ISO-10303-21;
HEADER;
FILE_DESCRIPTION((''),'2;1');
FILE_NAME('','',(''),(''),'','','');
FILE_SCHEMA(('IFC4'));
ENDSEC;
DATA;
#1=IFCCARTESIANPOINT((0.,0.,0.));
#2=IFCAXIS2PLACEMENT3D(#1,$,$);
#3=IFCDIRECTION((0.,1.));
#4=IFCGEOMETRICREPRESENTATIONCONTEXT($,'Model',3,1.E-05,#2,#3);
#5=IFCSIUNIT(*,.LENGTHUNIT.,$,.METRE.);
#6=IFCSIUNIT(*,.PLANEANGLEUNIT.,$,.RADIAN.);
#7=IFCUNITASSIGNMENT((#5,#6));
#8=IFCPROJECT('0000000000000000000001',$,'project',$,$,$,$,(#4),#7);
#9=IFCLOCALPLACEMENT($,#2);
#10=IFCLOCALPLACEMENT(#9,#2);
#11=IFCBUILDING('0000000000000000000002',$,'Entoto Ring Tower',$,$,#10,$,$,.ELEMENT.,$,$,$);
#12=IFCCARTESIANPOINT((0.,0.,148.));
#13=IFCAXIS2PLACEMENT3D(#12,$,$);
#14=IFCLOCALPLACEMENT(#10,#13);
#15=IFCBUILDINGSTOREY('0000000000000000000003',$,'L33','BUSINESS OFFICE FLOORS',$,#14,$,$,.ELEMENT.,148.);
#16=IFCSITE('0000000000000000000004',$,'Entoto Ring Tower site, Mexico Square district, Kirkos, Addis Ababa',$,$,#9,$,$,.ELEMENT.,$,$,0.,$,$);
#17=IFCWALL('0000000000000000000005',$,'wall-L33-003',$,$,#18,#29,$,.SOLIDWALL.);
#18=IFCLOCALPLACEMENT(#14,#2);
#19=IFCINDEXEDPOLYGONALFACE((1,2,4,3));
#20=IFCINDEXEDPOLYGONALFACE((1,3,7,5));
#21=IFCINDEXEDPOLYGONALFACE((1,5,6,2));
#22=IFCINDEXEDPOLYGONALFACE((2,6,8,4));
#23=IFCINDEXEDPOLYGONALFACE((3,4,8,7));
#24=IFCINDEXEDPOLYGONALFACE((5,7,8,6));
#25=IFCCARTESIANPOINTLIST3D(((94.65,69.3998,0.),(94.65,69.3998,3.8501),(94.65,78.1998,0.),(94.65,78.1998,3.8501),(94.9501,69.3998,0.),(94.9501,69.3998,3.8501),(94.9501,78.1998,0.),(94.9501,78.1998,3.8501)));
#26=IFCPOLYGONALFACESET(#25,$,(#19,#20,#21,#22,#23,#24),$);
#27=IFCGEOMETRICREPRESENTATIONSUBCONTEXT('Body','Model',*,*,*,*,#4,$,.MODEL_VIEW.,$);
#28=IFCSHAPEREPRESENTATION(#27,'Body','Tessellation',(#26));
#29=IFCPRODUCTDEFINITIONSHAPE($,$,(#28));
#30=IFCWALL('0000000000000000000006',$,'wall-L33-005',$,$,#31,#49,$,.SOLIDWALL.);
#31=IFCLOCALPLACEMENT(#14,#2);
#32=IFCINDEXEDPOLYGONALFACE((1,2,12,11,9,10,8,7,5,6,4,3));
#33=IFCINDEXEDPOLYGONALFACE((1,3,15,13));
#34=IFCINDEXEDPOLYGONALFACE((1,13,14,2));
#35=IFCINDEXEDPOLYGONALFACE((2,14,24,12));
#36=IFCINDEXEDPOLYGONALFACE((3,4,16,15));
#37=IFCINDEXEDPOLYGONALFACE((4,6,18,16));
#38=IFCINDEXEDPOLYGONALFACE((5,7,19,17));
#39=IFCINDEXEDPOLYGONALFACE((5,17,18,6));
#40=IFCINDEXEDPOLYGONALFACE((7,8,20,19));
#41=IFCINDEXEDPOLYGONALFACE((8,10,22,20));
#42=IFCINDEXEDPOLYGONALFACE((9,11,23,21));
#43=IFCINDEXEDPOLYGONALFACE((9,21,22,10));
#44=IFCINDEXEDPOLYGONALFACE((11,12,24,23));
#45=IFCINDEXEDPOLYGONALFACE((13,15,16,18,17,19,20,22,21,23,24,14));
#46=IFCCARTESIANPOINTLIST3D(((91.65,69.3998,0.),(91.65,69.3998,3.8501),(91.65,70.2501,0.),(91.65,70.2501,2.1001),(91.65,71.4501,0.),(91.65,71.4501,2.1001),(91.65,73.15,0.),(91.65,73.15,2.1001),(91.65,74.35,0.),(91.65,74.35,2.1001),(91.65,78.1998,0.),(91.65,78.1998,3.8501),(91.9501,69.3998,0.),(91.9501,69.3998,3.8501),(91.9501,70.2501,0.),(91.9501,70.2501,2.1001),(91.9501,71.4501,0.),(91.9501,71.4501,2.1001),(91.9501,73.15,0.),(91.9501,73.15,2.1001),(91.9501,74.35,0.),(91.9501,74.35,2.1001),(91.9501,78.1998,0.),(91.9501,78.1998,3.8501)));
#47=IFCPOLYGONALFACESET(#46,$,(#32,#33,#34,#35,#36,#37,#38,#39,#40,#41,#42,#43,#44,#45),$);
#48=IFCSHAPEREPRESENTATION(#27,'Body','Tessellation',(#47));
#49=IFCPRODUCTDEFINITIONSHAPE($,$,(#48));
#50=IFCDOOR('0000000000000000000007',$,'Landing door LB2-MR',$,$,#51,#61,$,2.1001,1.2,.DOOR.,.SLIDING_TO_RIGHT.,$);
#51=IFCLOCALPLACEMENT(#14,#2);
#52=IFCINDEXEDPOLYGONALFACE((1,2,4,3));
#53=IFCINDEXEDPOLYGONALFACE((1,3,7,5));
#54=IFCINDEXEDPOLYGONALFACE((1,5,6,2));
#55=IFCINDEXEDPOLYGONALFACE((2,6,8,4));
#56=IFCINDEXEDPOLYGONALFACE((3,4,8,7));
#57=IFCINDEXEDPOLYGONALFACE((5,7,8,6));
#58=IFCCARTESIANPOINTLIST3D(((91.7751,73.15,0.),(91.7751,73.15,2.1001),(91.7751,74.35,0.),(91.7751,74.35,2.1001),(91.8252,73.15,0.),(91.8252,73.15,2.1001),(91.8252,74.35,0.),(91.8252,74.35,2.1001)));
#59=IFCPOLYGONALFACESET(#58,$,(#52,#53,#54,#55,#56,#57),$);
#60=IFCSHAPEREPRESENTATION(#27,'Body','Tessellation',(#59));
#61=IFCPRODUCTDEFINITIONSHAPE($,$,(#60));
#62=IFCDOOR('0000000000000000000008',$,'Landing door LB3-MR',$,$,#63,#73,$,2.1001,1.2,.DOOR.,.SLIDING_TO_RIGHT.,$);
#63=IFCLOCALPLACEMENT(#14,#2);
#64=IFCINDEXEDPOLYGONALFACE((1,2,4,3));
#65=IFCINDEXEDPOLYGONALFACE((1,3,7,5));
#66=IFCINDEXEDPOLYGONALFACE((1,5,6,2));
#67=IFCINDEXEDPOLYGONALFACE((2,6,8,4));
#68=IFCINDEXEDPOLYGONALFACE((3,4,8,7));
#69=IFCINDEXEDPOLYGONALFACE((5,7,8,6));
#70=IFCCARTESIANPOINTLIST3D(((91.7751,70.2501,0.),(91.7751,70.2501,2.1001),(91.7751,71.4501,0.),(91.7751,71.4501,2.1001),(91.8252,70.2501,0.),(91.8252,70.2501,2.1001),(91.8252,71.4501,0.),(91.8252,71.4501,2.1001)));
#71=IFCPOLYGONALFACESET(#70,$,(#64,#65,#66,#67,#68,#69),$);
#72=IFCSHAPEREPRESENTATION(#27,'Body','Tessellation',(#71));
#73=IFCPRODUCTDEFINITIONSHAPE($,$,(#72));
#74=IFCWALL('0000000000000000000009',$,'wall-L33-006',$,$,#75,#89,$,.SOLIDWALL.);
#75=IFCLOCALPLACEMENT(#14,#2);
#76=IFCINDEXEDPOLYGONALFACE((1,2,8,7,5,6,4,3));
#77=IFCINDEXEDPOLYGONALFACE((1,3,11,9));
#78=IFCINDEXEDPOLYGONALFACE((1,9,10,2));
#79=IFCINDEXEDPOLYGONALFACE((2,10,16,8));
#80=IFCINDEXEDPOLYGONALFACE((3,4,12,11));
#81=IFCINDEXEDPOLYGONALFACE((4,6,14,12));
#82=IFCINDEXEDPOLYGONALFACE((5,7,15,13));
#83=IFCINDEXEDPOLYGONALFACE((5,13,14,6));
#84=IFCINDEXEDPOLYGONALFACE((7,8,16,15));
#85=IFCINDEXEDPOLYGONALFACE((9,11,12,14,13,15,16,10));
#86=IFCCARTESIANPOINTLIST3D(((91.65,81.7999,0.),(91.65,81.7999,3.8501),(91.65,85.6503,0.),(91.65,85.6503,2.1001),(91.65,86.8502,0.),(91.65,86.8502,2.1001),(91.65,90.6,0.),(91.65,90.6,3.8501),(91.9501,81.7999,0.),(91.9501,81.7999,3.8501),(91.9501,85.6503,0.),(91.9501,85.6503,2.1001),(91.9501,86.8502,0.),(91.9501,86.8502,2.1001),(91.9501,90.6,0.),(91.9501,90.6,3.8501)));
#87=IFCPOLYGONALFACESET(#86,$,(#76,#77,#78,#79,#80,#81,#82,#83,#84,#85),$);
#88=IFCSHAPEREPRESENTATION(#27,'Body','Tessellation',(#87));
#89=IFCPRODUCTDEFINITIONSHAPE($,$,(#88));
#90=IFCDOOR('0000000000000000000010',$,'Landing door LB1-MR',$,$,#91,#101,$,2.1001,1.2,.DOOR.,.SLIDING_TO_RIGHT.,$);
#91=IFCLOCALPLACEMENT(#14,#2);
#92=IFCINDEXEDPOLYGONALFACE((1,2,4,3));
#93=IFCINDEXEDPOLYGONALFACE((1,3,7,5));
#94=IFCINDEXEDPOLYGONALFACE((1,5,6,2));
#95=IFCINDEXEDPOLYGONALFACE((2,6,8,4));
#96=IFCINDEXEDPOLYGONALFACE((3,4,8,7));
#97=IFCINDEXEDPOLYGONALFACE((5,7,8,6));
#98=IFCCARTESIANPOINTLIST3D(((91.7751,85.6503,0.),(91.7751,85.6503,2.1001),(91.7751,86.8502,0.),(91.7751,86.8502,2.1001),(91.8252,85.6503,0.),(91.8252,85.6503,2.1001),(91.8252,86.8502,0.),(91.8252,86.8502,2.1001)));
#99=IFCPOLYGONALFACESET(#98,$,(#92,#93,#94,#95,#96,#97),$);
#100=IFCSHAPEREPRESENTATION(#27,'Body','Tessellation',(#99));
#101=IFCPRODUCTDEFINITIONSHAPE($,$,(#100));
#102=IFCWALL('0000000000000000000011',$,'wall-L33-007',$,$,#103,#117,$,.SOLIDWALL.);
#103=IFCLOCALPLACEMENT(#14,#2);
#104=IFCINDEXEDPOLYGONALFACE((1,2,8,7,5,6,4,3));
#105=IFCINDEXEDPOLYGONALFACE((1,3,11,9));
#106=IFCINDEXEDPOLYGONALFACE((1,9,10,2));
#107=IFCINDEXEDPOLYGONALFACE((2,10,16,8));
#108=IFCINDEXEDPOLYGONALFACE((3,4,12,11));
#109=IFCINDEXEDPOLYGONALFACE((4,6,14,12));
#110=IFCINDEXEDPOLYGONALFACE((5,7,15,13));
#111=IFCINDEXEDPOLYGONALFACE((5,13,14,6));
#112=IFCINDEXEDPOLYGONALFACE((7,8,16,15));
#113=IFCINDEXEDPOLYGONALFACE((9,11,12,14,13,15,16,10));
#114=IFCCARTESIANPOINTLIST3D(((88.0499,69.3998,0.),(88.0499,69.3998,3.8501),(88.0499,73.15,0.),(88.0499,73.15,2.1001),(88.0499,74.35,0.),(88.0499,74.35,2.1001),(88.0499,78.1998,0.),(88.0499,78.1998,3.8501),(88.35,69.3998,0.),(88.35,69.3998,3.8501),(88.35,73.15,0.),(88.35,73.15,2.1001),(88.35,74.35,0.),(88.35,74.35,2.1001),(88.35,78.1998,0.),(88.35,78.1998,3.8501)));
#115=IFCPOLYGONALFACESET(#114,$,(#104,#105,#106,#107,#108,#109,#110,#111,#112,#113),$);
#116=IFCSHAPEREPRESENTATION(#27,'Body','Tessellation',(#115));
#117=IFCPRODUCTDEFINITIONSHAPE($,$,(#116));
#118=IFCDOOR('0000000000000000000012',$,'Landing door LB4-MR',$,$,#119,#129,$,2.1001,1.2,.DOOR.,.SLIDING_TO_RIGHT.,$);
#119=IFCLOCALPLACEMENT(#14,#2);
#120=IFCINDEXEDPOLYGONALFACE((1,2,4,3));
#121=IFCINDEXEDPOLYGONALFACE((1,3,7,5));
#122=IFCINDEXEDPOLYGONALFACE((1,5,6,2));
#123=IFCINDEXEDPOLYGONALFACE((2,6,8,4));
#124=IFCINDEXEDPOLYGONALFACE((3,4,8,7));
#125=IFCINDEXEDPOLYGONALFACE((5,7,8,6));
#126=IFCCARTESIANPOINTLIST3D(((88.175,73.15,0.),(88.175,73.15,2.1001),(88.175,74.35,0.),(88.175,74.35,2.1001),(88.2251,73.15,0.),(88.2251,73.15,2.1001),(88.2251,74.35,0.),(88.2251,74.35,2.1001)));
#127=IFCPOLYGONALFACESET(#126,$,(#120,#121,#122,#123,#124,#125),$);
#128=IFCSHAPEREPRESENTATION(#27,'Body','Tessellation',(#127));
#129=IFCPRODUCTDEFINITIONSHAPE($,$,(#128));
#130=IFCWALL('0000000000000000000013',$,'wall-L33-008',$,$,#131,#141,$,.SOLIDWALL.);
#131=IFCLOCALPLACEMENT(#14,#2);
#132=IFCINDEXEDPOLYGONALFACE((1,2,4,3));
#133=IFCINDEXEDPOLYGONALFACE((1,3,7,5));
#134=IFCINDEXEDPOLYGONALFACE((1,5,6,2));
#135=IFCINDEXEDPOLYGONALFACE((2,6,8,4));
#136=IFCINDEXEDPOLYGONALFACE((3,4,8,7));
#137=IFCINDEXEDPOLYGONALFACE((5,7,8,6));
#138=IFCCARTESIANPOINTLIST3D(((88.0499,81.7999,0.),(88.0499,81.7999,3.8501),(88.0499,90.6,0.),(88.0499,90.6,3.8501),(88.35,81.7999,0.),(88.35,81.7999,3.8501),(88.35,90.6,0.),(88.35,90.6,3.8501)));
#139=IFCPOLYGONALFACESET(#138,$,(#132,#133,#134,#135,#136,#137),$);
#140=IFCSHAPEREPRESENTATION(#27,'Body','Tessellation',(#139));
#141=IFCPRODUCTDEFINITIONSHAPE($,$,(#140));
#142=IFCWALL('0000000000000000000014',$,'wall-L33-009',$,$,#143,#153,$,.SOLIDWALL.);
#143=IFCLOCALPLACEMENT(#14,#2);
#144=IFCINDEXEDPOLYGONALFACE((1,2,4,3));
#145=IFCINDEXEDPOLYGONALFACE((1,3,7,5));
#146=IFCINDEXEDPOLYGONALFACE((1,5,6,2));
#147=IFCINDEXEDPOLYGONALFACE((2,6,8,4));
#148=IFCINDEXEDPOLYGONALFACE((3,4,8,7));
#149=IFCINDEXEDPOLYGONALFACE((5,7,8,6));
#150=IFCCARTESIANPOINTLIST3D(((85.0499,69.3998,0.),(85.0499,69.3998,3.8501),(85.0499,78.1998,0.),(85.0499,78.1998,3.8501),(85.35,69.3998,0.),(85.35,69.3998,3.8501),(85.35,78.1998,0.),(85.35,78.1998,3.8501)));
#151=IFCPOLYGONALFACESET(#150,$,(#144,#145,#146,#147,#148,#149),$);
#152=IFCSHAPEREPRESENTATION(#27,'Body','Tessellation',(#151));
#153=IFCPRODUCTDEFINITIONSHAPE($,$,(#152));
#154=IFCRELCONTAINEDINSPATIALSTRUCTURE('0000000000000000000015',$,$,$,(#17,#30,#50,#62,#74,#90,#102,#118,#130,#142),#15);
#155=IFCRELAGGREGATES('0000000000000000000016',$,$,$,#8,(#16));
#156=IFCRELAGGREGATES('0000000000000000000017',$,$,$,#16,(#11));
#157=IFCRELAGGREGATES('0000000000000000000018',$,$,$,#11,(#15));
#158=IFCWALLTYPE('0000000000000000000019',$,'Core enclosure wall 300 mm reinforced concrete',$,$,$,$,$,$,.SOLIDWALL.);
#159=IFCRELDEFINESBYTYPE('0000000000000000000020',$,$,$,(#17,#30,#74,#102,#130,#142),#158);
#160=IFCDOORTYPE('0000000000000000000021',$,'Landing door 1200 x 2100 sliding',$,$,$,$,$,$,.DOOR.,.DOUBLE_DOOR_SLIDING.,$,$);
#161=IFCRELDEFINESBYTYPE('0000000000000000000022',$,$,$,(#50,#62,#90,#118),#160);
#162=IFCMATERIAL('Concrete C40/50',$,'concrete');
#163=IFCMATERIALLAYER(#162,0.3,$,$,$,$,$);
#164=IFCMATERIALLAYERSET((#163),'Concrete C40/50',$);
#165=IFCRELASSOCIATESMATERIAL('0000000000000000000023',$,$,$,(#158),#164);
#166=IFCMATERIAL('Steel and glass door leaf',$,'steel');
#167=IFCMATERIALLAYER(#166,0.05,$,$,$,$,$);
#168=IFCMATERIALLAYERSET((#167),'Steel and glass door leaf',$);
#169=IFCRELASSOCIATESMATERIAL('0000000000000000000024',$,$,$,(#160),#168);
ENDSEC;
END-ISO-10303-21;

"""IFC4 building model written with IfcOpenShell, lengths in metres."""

from ifc_helpers import new_model, si_unit, direction, frame, frame_2d, origin, place, context, subcontext, project, spatial, rectangle, extrude, material, layer, layer_set, type_object, element, fill, save


model = new_model("IFC4")

# Units and contexts
model_context = context("Model", 3, precision=1e-05, world=origin(), true_north=direction((0.0, 1.0)))
body_context = subcontext(model_context, "Body", "Model", "MODEL_VIEW")
ifc_project = project(units=[si_unit("LENGTHUNIT", "METRE"), si_unit("PLANEANGLEUNIT", "RADIAN")], contexts=[model_context])

# Site, building, storey
site_placement = place(None, origin())
site = spatial("IfcSite", under=ifc_project, at=site_placement, Name="Entoto Ring Tower site, Mexico Square district, Kirkos, Addis Ababa", CompositionType="ELEMENT", RefElevation=0.0)
building_placement = place(site_placement, origin())
building = spatial("IfcBuilding", under=site, at=building_placement, Name="Entoto Ring Tower", CompositionType="ELEMENT")
storey_placement = place(building_placement, frame((0.0, 0.0, 148.0)))
storey = spatial("IfcBuildingStorey", under=building, at=storey_placement, Name="L33", Description="BUSINESS OFFICE FLOORS", CompositionType="ELEMENT", Elevation=148.0)

# Wall
ifc_material_1 = material(Name="Concrete C40/50", Category="concrete")
ifc_layer_1 = layer(ifc_material_1, 0.3)
ifc_layer_set_1 = layer_set([ifc_layer_1], Name="Concrete C40/50")
wall_type = type_object("IfcWallType", Name="Core enclosure wall 300 mm reinforced concrete", PredefinedType="SOLIDWALL", material=ifc_layer_set_1)
wall_1_placement = place(storey_placement, frame((94.8, 69.3999, 0.0), z_axis=(0.0, 0.0, 1.0), x_axis=(0.0, 1.0, 0.0)))
element("IfcWall", 1, at=wall_1_placement, inside=storey, type_object=wall_type, Name="wall-L33-003", PredefinedType="SOLIDWALL", context=body_context, shape_type="SweptSolid", body=[
    extrude(rectangle(XDim=8.8, YDim=0.3, at=frame_2d((4.3999, 0.0))), origin(), (0.0, 0.0, 1.0), 3.8501),
])

# Wall, openings, doors
wall_2_placement = place(storey_placement, frame((91.8, 69.3999, 0.0), z_axis=(0.0, 0.0, 1.0), x_axis=(0.0, 1.0, 0.0)))
wall_2 = element("IfcWall", 2, at=wall_2_placement, inside=storey, type_object=wall_type, Name="wall-L33-005", PredefinedType="SOLIDWALL", context=body_context, shape_type="SweptSolid", body=[
    extrude(rectangle(XDim=8.8, YDim=0.3, at=frame_2d((4.3999, 0.0))), origin(), (0.0, 0.0, 1.0), 3.8501),
])
opening_1_placement = place(wall_2_placement, frame((3.75, 0.0, 0.0)))
opening_1 = element("IfcOpeningElement", 3, at=opening_1_placement, cuts=wall_2, PredefinedType="OPENING", context=body_context, shape_type="SweptSolid", body=[
    extrude(rectangle(XDim=1.2, YDim=2.1001, at=frame_2d((0.6001, 1.05))), frame((0.0, 0.1602, 0.0), z_axis=(0.0, -1.0, 0.0), x_axis=(1.0, 0.0, 0.0)), (0.0, 0.0, 1.0), 0.3201),
])
opening_2_placement = place(wall_2_placement, frame((0.8501, 0.0, 0.0)))
opening_2 = element("IfcOpeningElement", 4, at=opening_2_placement, cuts=wall_2, PredefinedType="OPENING", context=body_context, shape_type="SweptSolid", body=[
    extrude(rectangle(XDim=1.2, YDim=2.1001, at=frame_2d((0.6001, 1.05))), frame((0.0, 0.1602, 0.0), z_axis=(0.0, -1.0, 0.0), x_axis=(1.0, 0.0, 0.0)), (0.0, 0.0, 1.0), 0.3201),
])
ifc_material_2 = material(Name="Steel and glass door leaf", Category="steel")
ifc_layer_2 = layer(ifc_material_2, 0.05)
ifc_layer_set_2 = layer_set([ifc_layer_2], Name="Steel and glass door leaf")
door_type_1 = type_object("IfcDoorType", Name="Landing door 1200 x 2100 sliding", OperationType="DOUBLE_DOOR_SLIDING", PredefinedType="DOOR", material=ifc_layer_set_2)
door_1_placement = place(opening_1_placement, origin())
door_1 = element("IfcDoor", 5, at=door_1_placement, inside=storey, type_object=door_type_1, Name="Landing door LB2-MR", OperationType="SLIDING_TO_RIGHT", OverallHeight=2.1001, OverallWidth=1.2, PredefinedType="DOOR", context=body_context, shape_type="SweptSolid", body=[
    extrude(rectangle(XDim=1.2, YDim=2.1001, at=frame_2d((0.6001, 1.05))), frame((0.0, 0.0249, 0.0), z_axis=(0.0, -1.0, 0.0), x_axis=(1.0, 0.0, 0.0)), (0.0, 0.0, 1.0), 0.05),
])
fill(opening_1, door_1)
door_2_placement = place(opening_2_placement, origin())
door_2 = element("IfcDoor", 6, at=door_2_placement, inside=storey, type_object=door_type_1, Name="Landing door LB3-MR", OperationType="SLIDING_TO_RIGHT", OverallHeight=2.1001, OverallWidth=1.2, PredefinedType="DOOR", context=body_context, shape_type="SweptSolid", body=[
    extrude(rectangle(XDim=1.2, YDim=2.1001, at=frame_2d((0.6001, 1.05))), frame((0.0, 0.0249, 0.0), z_axis=(0.0, -1.0, 0.0), x_axis=(1.0, 0.0, 0.0)), (0.0, 0.0, 1.0), 0.05),
])
fill(opening_2, door_2)

# Walls, openings, doors
wall_3_placement = place(storey_placement, frame((91.8, 81.8, 0.0), z_axis=(0.0, 0.0, 1.0), x_axis=(0.0, 1.0, 0.0)))
wall_3 = element("IfcWall", 7, at=wall_3_placement, inside=storey, type_object=wall_type, Name="wall-L33-006", PredefinedType="SOLIDWALL", context=body_context, shape_type="SweptSolid", body=[
    extrude(rectangle(XDim=8.8, YDim=0.3, at=frame_2d((4.3999, 0.0))), origin(), (0.0, 0.0, 1.0), 3.8501),
])
opening_3_placement = place(wall_3_placement, frame((3.8501, 0.0, 0.0)))
opening_3 = element("IfcOpeningElement", 8, at=opening_3_placement, cuts=wall_3, PredefinedType="OPENING", context=body_context, shape_type="SweptSolid", body=[
    extrude(rectangle(XDim=1.2, YDim=2.1001, at=frame_2d((0.6001, 1.05))), frame((0.0, 0.1602, 0.0), z_axis=(0.0, -1.0, 0.0), x_axis=(1.0, 0.0, 0.0)), (0.0, 0.0, 1.0), 0.3201),
])
door_3_placement = place(opening_3_placement, origin())
door_3 = element("IfcDoor", 9, at=door_3_placement, inside=storey, type_object=door_type_1, Name="Landing door LB1-MR", OperationType="SLIDING_TO_RIGHT", OverallHeight=2.1001, OverallWidth=1.2, PredefinedType="DOOR", context=body_context, shape_type="SweptSolid", body=[
    extrude(rectangle(XDim=1.2, YDim=2.1001, at=frame_2d((0.6001, 1.05))), frame((0.0, 0.0249, 0.0), z_axis=(0.0, -1.0, 0.0), x_axis=(1.0, 0.0, 0.0)), (0.0, 0.0, 1.0), 0.05),
])
fill(opening_3, door_3)
wall_4_placement = place(storey_placement, frame((88.2, 69.3999, 0.0), z_axis=(0.0, 0.0, 1.0), x_axis=(0.0, 1.0, 0.0)))
wall_4 = element("IfcWall", 10, at=wall_4_placement, inside=storey, type_object=wall_type, Name="wall-L33-007", PredefinedType="SOLIDWALL", context=body_context, shape_type="SweptSolid", body=[
    extrude(rectangle(XDim=8.8, YDim=0.3, at=frame_2d((4.3999, 0.0))), origin(), (0.0, 0.0, 1.0), 3.8501),
])
opening_4_placement = place(wall_4_placement, frame((3.75, 0.0, 0.0)))
opening_4 = element("IfcOpeningElement", 11, at=opening_4_placement, cuts=wall_4, PredefinedType="OPENING", context=body_context, shape_type="SweptSolid", body=[
    extrude(rectangle(XDim=1.2, YDim=2.1001, at=frame_2d((0.6001, 1.05))), frame((0.0, 0.1602, 0.0), z_axis=(0.0, -1.0, 0.0), x_axis=(1.0, 0.0, 0.0)), (0.0, 0.0, 1.0), 0.3201),
])
door_4_placement = place(opening_4_placement, origin())
door_4 = element("IfcDoor", 12, at=door_4_placement, inside=storey, type_object=door_type_1, Name="Landing door LB4-MR", OperationType="SLIDING_TO_RIGHT", OverallHeight=2.1001, OverallWidth=1.2, PredefinedType="DOOR", context=body_context, shape_type="SweptSolid", body=[
    extrude(rectangle(XDim=1.2, YDim=2.1001, at=frame_2d((0.6001, 1.05))), frame((0.0, 0.0249, 0.0), z_axis=(0.0, -1.0, 0.0), x_axis=(1.0, 0.0, 0.0)), (0.0, 0.0, 1.0), 0.05),
])
fill(opening_4, door_4)

# Walls
for number, where, z_axis, x_axis, name in (
    (13, (88.2, 81.8, 0.0), (0.0, 0.0, 1.0), (0.0, 1.0, 0.0), "wall-L33-008"),
    (14, (85.2, 69.3999, 0.0), (0.0, 0.0, 1.0), (0.0, 1.0, 0.0), "wall-L33-009"),
):
    element("IfcWall", number, at=place(storey_placement, frame(where, z_axis=z_axis, x_axis=x_axis)), inside=storey, type_object=wall_type, Name=name, PredefinedType="SOLIDWALL", context=body_context, shape_type="SweptSolid", body=[
        extrude(rectangle(XDim=8.8, YDim=0.3, at=frame_2d((4.3999, 0.0))), origin(), (0.0, 0.0, 1.0), 3.8501),
    ])

save(model, "model.ifc")
